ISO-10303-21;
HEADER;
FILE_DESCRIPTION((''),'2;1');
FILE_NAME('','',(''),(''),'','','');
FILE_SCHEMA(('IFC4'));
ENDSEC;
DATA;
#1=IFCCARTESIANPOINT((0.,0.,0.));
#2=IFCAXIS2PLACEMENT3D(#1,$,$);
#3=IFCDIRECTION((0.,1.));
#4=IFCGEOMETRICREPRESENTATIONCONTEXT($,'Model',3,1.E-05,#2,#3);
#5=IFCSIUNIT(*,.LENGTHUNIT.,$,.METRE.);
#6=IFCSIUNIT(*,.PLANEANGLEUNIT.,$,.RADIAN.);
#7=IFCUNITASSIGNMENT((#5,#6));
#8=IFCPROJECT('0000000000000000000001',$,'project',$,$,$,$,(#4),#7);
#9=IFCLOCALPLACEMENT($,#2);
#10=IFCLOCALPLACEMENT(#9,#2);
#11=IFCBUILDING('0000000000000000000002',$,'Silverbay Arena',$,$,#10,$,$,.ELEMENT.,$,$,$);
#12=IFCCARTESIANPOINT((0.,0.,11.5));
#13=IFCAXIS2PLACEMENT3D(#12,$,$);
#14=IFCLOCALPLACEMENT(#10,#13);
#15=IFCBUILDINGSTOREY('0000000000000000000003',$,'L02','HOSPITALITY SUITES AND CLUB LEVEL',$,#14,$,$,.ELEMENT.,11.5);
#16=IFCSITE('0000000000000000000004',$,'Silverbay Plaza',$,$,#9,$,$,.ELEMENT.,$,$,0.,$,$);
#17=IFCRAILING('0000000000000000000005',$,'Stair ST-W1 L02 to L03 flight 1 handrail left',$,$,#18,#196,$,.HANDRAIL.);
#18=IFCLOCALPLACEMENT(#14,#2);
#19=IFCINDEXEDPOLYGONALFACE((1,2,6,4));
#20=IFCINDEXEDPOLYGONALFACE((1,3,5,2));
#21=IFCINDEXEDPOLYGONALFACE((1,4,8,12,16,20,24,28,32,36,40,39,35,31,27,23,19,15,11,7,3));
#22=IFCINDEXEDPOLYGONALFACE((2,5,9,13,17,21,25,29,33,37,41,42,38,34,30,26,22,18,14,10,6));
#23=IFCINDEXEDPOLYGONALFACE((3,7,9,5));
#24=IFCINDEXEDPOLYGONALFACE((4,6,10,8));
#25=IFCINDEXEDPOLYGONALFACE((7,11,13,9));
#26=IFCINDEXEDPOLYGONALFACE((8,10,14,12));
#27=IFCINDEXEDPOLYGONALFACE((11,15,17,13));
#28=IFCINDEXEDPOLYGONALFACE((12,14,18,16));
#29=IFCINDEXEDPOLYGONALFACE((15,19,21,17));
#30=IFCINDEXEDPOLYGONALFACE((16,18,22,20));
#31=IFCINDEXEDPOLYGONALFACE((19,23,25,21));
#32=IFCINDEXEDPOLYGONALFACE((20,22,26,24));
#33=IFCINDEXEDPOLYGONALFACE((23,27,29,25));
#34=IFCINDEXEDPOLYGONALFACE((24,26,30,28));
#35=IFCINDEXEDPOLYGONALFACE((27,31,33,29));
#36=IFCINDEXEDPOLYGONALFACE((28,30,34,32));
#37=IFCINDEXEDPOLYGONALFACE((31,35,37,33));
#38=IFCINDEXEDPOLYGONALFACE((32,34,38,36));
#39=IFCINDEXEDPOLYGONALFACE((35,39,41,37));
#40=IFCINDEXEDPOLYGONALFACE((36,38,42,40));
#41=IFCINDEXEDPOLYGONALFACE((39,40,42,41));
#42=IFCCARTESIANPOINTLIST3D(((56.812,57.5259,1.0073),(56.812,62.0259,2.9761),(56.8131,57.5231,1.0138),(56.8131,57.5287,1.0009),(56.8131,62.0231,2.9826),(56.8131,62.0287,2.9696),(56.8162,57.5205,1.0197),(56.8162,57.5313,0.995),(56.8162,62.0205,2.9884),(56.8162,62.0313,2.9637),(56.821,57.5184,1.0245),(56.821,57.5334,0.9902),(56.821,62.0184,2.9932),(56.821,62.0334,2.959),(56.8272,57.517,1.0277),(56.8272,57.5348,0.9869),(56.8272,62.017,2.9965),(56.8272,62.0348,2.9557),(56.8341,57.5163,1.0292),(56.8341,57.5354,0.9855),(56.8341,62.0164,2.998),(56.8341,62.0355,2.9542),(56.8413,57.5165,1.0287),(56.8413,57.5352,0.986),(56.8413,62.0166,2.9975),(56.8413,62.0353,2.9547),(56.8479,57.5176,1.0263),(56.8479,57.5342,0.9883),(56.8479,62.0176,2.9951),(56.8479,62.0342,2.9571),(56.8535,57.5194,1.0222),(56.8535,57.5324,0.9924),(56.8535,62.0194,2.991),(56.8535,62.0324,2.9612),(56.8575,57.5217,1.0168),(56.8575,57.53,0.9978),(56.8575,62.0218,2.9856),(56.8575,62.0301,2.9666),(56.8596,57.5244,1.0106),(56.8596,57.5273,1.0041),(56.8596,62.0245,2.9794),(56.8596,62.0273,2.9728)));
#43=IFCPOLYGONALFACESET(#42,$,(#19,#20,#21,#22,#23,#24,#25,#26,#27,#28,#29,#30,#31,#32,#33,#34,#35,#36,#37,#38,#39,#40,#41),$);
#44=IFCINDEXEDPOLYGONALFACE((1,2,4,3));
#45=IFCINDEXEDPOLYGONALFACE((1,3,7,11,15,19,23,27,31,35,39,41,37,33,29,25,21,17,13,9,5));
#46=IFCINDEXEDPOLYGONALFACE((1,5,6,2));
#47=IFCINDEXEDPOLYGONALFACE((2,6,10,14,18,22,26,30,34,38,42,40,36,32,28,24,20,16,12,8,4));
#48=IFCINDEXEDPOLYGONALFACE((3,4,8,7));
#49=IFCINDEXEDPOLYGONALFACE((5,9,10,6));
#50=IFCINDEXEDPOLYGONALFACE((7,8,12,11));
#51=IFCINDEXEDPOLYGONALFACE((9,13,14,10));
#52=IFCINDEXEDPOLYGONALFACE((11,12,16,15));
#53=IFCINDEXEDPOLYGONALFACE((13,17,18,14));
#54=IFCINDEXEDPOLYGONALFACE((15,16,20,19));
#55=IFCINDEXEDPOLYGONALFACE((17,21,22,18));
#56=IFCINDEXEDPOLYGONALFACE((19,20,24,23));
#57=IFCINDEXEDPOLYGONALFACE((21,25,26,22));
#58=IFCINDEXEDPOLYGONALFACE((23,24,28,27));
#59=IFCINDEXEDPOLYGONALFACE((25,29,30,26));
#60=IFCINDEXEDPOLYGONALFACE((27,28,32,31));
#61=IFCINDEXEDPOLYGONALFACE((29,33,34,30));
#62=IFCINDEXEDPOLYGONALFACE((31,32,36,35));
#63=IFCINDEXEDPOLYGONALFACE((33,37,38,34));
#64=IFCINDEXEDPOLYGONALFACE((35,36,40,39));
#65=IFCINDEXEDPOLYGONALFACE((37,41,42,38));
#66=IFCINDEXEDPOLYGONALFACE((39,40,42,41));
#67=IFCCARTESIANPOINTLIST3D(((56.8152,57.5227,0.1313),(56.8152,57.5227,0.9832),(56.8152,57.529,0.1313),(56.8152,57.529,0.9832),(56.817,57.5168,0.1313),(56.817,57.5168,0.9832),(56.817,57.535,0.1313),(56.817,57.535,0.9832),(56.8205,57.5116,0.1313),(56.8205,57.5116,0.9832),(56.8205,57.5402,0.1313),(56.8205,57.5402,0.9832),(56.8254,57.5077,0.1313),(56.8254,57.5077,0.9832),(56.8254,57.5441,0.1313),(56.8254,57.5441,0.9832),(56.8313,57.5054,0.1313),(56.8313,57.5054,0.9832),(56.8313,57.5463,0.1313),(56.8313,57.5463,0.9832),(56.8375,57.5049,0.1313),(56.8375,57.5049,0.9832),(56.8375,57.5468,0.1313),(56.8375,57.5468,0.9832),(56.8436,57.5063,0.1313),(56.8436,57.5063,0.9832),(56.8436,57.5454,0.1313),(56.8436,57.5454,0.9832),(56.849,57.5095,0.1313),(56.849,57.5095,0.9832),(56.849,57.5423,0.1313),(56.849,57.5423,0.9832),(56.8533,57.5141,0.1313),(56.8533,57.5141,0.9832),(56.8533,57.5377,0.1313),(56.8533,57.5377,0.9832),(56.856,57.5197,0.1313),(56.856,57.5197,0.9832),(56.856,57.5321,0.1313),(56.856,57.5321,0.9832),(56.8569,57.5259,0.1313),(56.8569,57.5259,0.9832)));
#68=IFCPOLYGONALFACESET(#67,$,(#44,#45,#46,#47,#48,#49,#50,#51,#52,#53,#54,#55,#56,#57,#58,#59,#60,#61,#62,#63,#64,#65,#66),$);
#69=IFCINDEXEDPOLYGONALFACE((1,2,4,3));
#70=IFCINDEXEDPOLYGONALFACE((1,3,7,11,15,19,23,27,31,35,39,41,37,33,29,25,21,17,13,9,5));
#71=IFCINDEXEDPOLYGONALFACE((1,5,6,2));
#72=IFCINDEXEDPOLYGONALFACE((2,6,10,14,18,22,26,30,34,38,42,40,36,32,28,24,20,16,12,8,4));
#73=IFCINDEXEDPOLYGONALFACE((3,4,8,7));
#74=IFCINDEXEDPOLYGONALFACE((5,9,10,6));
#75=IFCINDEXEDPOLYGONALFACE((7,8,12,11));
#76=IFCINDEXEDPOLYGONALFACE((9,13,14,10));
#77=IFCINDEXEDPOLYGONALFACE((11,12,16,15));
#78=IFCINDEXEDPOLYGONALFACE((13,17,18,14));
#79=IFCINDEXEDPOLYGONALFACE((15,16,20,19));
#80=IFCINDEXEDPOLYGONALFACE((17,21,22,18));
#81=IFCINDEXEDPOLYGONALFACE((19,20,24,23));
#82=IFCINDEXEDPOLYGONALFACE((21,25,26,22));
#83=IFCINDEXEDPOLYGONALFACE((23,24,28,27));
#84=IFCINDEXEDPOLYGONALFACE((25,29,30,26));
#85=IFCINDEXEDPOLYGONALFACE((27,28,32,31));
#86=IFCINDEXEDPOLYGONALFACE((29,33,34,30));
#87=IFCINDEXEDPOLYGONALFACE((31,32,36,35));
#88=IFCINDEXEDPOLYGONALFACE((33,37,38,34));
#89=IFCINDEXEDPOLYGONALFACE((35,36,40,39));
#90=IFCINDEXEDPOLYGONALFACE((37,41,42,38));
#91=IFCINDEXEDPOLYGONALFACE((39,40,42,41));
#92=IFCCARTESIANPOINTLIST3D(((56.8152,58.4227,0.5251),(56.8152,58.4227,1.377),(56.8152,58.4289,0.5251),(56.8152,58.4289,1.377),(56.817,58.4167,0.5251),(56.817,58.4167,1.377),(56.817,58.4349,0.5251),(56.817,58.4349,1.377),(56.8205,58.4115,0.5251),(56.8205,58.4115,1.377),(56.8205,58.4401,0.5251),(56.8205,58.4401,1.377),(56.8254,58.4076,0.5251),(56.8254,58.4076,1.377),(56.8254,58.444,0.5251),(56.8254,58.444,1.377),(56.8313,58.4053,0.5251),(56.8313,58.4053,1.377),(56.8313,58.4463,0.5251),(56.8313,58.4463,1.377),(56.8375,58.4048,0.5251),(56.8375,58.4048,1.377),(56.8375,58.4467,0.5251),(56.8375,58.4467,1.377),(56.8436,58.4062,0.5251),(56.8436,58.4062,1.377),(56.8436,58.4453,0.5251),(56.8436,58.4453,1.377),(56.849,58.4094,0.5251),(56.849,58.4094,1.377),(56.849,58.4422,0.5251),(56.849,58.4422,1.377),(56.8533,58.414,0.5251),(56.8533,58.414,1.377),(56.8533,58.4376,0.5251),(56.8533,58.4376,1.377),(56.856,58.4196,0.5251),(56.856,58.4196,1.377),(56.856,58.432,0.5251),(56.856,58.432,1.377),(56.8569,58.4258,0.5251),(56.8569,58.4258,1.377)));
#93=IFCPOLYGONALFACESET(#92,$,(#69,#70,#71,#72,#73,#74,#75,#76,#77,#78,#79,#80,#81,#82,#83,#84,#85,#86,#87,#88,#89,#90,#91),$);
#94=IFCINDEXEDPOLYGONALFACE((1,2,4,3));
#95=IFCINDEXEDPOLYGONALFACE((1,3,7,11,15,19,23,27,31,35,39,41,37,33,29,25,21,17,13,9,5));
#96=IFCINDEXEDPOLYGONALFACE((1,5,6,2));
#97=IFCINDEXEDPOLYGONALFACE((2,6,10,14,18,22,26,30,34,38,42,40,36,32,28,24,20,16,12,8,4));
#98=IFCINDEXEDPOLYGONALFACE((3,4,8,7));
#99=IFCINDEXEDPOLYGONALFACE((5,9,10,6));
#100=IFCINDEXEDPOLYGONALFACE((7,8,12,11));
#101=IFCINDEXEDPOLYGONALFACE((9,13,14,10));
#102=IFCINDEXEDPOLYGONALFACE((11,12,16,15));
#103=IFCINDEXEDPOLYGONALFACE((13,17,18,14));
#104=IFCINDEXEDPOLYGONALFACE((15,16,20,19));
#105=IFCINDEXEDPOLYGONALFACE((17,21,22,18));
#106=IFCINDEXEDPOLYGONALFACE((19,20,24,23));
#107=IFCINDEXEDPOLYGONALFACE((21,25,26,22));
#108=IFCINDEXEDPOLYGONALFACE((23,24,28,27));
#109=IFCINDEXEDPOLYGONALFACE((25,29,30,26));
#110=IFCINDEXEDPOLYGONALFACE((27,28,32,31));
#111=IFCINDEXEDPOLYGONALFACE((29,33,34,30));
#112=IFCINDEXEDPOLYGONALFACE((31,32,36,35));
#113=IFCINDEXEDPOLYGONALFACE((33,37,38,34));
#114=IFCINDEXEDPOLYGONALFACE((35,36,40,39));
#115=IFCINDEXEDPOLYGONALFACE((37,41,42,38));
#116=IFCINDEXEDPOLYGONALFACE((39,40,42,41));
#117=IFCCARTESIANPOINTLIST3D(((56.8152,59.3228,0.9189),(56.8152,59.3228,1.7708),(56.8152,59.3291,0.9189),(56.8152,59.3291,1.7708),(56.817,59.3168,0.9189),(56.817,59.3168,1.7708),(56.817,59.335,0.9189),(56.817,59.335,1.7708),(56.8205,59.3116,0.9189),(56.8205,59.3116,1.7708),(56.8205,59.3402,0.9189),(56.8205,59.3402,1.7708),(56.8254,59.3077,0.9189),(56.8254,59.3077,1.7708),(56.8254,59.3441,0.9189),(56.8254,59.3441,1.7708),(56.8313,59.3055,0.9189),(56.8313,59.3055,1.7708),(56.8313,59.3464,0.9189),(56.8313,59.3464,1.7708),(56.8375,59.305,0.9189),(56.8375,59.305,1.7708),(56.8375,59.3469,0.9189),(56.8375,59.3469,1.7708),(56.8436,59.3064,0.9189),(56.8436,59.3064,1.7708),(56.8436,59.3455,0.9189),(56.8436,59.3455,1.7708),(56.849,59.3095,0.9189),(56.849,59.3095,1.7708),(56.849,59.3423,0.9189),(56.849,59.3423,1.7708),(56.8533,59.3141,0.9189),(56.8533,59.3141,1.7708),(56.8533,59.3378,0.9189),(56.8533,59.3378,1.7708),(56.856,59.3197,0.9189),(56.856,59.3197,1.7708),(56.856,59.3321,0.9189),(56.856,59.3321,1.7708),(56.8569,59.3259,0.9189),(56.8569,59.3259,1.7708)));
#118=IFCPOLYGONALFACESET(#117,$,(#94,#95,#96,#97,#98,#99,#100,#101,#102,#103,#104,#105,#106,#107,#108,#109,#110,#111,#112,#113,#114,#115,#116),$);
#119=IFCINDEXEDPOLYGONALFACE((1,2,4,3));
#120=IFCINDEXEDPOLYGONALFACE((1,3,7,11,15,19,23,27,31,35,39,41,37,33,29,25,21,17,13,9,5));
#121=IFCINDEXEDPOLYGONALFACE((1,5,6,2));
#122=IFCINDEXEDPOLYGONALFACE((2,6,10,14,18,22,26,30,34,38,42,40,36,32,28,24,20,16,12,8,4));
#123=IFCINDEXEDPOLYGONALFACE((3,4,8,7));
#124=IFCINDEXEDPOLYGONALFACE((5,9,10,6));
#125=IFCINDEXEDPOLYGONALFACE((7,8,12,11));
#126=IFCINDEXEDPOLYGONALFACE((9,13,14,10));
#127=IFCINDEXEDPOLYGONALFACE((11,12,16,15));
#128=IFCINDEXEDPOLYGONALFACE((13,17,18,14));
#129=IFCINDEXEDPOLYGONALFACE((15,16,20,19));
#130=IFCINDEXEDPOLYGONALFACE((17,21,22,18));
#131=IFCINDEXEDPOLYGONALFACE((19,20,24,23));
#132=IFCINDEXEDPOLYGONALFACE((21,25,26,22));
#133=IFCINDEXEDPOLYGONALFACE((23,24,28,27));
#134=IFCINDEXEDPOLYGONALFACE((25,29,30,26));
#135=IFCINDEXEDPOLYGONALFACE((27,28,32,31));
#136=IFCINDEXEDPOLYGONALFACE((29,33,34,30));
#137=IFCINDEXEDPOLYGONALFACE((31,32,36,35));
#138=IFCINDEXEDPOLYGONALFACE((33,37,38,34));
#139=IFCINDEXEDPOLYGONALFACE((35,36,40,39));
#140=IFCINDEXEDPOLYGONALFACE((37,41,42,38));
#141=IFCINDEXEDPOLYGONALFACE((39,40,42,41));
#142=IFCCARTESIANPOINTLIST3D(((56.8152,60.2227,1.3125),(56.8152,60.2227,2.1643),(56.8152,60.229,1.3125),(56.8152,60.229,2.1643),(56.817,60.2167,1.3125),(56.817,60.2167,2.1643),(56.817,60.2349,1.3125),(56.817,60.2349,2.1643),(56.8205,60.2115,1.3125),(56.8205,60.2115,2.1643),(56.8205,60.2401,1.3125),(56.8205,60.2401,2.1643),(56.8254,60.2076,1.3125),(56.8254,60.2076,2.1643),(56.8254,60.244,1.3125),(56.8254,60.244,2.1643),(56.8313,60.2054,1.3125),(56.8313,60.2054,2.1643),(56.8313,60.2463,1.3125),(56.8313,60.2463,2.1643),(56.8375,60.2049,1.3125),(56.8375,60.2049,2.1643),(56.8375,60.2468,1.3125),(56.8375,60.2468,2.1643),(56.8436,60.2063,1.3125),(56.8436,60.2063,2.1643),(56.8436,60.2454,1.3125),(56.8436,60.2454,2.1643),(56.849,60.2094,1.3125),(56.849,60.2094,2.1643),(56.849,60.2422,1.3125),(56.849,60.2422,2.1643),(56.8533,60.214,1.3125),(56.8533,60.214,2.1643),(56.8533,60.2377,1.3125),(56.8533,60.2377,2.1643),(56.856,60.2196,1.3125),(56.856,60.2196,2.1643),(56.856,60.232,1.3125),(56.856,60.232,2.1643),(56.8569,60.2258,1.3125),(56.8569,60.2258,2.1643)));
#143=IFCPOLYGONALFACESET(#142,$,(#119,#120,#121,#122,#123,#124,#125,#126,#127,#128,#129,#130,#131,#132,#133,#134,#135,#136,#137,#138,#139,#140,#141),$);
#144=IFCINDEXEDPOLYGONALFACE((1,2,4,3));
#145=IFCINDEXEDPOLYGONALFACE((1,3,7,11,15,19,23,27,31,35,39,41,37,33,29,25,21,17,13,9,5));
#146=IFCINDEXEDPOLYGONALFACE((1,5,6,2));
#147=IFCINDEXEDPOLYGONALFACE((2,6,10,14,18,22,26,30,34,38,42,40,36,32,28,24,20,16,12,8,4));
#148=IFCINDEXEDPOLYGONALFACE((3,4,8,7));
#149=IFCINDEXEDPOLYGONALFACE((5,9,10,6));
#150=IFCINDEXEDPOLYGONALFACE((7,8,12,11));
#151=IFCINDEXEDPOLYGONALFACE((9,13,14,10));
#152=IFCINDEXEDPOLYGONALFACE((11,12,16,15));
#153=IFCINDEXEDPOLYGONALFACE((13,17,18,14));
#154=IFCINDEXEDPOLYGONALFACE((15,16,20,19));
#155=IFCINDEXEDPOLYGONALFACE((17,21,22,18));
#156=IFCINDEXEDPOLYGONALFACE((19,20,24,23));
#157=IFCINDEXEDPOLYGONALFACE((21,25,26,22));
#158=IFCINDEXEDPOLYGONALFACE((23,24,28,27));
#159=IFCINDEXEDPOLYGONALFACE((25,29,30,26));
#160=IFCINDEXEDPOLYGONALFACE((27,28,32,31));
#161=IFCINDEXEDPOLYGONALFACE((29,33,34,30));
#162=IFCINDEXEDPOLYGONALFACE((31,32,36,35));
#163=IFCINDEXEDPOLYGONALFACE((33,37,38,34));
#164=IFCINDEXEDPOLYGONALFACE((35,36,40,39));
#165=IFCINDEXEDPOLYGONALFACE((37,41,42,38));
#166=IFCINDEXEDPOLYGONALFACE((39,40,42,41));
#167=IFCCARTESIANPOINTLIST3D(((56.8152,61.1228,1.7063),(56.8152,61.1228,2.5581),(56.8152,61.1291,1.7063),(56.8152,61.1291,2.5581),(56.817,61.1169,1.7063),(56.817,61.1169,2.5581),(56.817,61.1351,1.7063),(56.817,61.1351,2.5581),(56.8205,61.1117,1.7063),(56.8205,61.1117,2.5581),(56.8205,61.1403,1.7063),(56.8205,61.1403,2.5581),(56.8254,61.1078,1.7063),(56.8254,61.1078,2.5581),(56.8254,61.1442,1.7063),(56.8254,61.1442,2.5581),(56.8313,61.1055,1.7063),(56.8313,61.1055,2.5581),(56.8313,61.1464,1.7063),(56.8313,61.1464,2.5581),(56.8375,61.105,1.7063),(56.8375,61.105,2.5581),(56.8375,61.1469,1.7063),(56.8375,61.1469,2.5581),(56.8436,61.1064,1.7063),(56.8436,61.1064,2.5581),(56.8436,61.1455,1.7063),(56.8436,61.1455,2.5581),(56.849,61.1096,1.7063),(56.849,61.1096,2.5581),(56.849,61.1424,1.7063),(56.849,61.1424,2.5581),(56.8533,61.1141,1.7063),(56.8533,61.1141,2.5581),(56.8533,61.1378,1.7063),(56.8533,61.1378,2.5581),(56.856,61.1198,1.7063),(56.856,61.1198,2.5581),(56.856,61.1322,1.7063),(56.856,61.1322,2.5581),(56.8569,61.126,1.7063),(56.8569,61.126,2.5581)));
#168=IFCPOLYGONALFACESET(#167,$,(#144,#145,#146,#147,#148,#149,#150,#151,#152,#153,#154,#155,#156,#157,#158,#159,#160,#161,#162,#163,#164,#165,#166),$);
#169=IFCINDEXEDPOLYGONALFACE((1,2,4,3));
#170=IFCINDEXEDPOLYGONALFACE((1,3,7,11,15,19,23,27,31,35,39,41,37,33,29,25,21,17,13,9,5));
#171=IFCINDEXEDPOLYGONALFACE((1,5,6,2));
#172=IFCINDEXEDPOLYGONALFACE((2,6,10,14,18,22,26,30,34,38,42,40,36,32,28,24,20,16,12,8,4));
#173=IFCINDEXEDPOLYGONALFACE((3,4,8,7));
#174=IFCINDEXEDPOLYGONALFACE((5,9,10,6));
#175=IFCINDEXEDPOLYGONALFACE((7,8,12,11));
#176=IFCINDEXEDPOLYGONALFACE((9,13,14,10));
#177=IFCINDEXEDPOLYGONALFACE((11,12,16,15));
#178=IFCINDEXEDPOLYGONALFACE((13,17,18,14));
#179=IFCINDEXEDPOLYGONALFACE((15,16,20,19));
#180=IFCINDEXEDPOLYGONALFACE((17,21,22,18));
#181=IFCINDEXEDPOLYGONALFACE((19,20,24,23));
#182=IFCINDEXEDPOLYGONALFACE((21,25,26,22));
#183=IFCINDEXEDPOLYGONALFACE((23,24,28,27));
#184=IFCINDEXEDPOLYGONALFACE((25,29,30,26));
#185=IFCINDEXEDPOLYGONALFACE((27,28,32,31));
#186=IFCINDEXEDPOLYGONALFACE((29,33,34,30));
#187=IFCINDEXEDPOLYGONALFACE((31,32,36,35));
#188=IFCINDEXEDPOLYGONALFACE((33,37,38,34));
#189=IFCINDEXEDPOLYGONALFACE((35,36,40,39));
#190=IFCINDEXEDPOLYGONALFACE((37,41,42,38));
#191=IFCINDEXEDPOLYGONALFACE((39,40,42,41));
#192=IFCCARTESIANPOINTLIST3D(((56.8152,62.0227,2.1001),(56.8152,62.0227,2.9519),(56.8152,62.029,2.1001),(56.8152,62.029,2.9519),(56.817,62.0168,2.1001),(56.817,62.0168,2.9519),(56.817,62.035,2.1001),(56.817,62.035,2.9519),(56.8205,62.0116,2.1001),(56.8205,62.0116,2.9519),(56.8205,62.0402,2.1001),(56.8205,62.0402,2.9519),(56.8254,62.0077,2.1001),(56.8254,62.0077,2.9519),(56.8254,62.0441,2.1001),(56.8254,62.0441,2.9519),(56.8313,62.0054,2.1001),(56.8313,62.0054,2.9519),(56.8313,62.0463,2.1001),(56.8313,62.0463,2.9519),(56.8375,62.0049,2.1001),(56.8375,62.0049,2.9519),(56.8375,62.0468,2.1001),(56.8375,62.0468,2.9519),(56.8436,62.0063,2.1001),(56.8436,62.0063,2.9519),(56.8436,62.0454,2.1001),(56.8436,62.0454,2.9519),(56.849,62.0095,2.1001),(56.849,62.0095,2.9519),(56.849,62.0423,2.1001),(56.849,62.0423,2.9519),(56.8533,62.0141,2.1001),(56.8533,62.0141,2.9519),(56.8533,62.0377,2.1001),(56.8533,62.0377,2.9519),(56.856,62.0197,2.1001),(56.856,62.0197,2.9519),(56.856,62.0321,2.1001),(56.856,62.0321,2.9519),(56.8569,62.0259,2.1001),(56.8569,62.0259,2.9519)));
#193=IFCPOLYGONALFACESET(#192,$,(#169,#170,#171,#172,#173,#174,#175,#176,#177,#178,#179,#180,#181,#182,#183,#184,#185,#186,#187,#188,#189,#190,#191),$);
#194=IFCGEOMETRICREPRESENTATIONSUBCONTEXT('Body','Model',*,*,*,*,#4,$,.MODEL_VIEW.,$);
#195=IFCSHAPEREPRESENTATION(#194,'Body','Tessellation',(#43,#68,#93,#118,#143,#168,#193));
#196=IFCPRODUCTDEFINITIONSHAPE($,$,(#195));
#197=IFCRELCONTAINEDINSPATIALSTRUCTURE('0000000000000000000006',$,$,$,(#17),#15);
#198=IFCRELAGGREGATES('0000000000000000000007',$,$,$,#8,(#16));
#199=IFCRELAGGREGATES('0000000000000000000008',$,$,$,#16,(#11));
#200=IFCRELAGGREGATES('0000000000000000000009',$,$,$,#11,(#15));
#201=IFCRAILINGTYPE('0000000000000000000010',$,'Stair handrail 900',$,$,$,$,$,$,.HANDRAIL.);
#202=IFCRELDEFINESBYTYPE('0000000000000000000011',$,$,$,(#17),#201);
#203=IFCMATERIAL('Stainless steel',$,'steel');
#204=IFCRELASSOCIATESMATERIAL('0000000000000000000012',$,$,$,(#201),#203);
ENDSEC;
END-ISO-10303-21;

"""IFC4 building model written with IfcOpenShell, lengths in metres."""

from ifc_helpers import new_model, si_unit, direction, frame, origin, origin_2d, place, context, subcontext, project, spatial, circle, extrude, material, type_object, element, save


model = new_model("IFC4")

# Units and contexts
model_context = context("Model", 3, precision=1e-05, world=origin(), true_north=direction((0.0, 1.0)))
body_context = subcontext(model_context, "Body", "Model", "MODEL_VIEW")
ifc_project = project(units=[si_unit("LENGTHUNIT", "METRE"), si_unit("PLANEANGLEUNIT", "RADIAN")], contexts=[model_context])

# Site, building, storey
site_placement = place(None, origin())
site = spatial("IfcSite", under=ifc_project, at=site_placement, Name="Silverbay Plaza", CompositionType="ELEMENT", RefElevation=0.0)
building_placement = place(site_placement, origin())
building = spatial("IfcBuilding", under=site, at=building_placement, Name="Silverbay Arena", CompositionType="ELEMENT")
storey_placement = place(building_placement, frame((0.0, 0.0, 11.5)))
storey = spatial("IfcBuildingStorey", under=building, at=storey_placement, Name="L02", Description="HOSPITALITY SUITES AND CLUB LEVEL", CompositionType="ELEMENT", Elevation=11.5)

# Railing
ifc_material_1 = material(Name="Stainless steel", Category="steel")
railing_type_1 = type_object("IfcRailingType", Name="Stair handrail 900", PredefinedType="HANDRAIL", material=ifc_material_1)
for number, where, name in (
    (1, (56.8359, 57.5259, 0.1313), "Stair ST-W1 L02 to L03 flight 1 handrail left"),
):
    element("IfcRailing", number, at=place(storey_placement, frame(where)), inside=storey, type_object=railing_type_1, Name=name, PredefinedType="HANDRAIL", context=body_context, shape_type="SweptSolid", body=[
        extrude(circle(Radius=0.0239, at=origin_2d()), frame((0.0, 0.0, 0.876), z_axis=(0.0, 0.916157, 0.400819), x_axis=(-1.0, 0.0, 0.0)), (0.0, 0.0, 1.0), 4.9119),
        extrude(circle(Radius=0.021, at=origin_2d()), origin(), (0.0, 0.0, 1.0), 0.8518),
        extrude(circle(Radius=0.021, at=origin_2d()), frame((0.0, 0.8999, 0.3938)), (0.0, 0.0, 1.0), 0.8518),
        extrude(circle(Radius=0.021, at=origin_2d()), frame((0.0, 1.8, 0.7876)), (0.0, 0.0, 1.0), 0.8518),
        extrude(circle(Radius=0.021, at=origin_2d()), frame((0.0, 2.7, 1.1812)), (0.0, 0.0, 1.0), 0.8518),
        extrude(circle(Radius=0.021, at=origin_2d()), frame((0.0, 3.6001, 1.575)), (0.0, 0.0, 1.0), 0.8518),
        extrude(circle(Radius=0.021, at=origin_2d()), frame((0.0, 4.5, 1.9688)), (0.0, 0.0, 1.0), 0.8518),
    ])

save(model, "model.ifc")
